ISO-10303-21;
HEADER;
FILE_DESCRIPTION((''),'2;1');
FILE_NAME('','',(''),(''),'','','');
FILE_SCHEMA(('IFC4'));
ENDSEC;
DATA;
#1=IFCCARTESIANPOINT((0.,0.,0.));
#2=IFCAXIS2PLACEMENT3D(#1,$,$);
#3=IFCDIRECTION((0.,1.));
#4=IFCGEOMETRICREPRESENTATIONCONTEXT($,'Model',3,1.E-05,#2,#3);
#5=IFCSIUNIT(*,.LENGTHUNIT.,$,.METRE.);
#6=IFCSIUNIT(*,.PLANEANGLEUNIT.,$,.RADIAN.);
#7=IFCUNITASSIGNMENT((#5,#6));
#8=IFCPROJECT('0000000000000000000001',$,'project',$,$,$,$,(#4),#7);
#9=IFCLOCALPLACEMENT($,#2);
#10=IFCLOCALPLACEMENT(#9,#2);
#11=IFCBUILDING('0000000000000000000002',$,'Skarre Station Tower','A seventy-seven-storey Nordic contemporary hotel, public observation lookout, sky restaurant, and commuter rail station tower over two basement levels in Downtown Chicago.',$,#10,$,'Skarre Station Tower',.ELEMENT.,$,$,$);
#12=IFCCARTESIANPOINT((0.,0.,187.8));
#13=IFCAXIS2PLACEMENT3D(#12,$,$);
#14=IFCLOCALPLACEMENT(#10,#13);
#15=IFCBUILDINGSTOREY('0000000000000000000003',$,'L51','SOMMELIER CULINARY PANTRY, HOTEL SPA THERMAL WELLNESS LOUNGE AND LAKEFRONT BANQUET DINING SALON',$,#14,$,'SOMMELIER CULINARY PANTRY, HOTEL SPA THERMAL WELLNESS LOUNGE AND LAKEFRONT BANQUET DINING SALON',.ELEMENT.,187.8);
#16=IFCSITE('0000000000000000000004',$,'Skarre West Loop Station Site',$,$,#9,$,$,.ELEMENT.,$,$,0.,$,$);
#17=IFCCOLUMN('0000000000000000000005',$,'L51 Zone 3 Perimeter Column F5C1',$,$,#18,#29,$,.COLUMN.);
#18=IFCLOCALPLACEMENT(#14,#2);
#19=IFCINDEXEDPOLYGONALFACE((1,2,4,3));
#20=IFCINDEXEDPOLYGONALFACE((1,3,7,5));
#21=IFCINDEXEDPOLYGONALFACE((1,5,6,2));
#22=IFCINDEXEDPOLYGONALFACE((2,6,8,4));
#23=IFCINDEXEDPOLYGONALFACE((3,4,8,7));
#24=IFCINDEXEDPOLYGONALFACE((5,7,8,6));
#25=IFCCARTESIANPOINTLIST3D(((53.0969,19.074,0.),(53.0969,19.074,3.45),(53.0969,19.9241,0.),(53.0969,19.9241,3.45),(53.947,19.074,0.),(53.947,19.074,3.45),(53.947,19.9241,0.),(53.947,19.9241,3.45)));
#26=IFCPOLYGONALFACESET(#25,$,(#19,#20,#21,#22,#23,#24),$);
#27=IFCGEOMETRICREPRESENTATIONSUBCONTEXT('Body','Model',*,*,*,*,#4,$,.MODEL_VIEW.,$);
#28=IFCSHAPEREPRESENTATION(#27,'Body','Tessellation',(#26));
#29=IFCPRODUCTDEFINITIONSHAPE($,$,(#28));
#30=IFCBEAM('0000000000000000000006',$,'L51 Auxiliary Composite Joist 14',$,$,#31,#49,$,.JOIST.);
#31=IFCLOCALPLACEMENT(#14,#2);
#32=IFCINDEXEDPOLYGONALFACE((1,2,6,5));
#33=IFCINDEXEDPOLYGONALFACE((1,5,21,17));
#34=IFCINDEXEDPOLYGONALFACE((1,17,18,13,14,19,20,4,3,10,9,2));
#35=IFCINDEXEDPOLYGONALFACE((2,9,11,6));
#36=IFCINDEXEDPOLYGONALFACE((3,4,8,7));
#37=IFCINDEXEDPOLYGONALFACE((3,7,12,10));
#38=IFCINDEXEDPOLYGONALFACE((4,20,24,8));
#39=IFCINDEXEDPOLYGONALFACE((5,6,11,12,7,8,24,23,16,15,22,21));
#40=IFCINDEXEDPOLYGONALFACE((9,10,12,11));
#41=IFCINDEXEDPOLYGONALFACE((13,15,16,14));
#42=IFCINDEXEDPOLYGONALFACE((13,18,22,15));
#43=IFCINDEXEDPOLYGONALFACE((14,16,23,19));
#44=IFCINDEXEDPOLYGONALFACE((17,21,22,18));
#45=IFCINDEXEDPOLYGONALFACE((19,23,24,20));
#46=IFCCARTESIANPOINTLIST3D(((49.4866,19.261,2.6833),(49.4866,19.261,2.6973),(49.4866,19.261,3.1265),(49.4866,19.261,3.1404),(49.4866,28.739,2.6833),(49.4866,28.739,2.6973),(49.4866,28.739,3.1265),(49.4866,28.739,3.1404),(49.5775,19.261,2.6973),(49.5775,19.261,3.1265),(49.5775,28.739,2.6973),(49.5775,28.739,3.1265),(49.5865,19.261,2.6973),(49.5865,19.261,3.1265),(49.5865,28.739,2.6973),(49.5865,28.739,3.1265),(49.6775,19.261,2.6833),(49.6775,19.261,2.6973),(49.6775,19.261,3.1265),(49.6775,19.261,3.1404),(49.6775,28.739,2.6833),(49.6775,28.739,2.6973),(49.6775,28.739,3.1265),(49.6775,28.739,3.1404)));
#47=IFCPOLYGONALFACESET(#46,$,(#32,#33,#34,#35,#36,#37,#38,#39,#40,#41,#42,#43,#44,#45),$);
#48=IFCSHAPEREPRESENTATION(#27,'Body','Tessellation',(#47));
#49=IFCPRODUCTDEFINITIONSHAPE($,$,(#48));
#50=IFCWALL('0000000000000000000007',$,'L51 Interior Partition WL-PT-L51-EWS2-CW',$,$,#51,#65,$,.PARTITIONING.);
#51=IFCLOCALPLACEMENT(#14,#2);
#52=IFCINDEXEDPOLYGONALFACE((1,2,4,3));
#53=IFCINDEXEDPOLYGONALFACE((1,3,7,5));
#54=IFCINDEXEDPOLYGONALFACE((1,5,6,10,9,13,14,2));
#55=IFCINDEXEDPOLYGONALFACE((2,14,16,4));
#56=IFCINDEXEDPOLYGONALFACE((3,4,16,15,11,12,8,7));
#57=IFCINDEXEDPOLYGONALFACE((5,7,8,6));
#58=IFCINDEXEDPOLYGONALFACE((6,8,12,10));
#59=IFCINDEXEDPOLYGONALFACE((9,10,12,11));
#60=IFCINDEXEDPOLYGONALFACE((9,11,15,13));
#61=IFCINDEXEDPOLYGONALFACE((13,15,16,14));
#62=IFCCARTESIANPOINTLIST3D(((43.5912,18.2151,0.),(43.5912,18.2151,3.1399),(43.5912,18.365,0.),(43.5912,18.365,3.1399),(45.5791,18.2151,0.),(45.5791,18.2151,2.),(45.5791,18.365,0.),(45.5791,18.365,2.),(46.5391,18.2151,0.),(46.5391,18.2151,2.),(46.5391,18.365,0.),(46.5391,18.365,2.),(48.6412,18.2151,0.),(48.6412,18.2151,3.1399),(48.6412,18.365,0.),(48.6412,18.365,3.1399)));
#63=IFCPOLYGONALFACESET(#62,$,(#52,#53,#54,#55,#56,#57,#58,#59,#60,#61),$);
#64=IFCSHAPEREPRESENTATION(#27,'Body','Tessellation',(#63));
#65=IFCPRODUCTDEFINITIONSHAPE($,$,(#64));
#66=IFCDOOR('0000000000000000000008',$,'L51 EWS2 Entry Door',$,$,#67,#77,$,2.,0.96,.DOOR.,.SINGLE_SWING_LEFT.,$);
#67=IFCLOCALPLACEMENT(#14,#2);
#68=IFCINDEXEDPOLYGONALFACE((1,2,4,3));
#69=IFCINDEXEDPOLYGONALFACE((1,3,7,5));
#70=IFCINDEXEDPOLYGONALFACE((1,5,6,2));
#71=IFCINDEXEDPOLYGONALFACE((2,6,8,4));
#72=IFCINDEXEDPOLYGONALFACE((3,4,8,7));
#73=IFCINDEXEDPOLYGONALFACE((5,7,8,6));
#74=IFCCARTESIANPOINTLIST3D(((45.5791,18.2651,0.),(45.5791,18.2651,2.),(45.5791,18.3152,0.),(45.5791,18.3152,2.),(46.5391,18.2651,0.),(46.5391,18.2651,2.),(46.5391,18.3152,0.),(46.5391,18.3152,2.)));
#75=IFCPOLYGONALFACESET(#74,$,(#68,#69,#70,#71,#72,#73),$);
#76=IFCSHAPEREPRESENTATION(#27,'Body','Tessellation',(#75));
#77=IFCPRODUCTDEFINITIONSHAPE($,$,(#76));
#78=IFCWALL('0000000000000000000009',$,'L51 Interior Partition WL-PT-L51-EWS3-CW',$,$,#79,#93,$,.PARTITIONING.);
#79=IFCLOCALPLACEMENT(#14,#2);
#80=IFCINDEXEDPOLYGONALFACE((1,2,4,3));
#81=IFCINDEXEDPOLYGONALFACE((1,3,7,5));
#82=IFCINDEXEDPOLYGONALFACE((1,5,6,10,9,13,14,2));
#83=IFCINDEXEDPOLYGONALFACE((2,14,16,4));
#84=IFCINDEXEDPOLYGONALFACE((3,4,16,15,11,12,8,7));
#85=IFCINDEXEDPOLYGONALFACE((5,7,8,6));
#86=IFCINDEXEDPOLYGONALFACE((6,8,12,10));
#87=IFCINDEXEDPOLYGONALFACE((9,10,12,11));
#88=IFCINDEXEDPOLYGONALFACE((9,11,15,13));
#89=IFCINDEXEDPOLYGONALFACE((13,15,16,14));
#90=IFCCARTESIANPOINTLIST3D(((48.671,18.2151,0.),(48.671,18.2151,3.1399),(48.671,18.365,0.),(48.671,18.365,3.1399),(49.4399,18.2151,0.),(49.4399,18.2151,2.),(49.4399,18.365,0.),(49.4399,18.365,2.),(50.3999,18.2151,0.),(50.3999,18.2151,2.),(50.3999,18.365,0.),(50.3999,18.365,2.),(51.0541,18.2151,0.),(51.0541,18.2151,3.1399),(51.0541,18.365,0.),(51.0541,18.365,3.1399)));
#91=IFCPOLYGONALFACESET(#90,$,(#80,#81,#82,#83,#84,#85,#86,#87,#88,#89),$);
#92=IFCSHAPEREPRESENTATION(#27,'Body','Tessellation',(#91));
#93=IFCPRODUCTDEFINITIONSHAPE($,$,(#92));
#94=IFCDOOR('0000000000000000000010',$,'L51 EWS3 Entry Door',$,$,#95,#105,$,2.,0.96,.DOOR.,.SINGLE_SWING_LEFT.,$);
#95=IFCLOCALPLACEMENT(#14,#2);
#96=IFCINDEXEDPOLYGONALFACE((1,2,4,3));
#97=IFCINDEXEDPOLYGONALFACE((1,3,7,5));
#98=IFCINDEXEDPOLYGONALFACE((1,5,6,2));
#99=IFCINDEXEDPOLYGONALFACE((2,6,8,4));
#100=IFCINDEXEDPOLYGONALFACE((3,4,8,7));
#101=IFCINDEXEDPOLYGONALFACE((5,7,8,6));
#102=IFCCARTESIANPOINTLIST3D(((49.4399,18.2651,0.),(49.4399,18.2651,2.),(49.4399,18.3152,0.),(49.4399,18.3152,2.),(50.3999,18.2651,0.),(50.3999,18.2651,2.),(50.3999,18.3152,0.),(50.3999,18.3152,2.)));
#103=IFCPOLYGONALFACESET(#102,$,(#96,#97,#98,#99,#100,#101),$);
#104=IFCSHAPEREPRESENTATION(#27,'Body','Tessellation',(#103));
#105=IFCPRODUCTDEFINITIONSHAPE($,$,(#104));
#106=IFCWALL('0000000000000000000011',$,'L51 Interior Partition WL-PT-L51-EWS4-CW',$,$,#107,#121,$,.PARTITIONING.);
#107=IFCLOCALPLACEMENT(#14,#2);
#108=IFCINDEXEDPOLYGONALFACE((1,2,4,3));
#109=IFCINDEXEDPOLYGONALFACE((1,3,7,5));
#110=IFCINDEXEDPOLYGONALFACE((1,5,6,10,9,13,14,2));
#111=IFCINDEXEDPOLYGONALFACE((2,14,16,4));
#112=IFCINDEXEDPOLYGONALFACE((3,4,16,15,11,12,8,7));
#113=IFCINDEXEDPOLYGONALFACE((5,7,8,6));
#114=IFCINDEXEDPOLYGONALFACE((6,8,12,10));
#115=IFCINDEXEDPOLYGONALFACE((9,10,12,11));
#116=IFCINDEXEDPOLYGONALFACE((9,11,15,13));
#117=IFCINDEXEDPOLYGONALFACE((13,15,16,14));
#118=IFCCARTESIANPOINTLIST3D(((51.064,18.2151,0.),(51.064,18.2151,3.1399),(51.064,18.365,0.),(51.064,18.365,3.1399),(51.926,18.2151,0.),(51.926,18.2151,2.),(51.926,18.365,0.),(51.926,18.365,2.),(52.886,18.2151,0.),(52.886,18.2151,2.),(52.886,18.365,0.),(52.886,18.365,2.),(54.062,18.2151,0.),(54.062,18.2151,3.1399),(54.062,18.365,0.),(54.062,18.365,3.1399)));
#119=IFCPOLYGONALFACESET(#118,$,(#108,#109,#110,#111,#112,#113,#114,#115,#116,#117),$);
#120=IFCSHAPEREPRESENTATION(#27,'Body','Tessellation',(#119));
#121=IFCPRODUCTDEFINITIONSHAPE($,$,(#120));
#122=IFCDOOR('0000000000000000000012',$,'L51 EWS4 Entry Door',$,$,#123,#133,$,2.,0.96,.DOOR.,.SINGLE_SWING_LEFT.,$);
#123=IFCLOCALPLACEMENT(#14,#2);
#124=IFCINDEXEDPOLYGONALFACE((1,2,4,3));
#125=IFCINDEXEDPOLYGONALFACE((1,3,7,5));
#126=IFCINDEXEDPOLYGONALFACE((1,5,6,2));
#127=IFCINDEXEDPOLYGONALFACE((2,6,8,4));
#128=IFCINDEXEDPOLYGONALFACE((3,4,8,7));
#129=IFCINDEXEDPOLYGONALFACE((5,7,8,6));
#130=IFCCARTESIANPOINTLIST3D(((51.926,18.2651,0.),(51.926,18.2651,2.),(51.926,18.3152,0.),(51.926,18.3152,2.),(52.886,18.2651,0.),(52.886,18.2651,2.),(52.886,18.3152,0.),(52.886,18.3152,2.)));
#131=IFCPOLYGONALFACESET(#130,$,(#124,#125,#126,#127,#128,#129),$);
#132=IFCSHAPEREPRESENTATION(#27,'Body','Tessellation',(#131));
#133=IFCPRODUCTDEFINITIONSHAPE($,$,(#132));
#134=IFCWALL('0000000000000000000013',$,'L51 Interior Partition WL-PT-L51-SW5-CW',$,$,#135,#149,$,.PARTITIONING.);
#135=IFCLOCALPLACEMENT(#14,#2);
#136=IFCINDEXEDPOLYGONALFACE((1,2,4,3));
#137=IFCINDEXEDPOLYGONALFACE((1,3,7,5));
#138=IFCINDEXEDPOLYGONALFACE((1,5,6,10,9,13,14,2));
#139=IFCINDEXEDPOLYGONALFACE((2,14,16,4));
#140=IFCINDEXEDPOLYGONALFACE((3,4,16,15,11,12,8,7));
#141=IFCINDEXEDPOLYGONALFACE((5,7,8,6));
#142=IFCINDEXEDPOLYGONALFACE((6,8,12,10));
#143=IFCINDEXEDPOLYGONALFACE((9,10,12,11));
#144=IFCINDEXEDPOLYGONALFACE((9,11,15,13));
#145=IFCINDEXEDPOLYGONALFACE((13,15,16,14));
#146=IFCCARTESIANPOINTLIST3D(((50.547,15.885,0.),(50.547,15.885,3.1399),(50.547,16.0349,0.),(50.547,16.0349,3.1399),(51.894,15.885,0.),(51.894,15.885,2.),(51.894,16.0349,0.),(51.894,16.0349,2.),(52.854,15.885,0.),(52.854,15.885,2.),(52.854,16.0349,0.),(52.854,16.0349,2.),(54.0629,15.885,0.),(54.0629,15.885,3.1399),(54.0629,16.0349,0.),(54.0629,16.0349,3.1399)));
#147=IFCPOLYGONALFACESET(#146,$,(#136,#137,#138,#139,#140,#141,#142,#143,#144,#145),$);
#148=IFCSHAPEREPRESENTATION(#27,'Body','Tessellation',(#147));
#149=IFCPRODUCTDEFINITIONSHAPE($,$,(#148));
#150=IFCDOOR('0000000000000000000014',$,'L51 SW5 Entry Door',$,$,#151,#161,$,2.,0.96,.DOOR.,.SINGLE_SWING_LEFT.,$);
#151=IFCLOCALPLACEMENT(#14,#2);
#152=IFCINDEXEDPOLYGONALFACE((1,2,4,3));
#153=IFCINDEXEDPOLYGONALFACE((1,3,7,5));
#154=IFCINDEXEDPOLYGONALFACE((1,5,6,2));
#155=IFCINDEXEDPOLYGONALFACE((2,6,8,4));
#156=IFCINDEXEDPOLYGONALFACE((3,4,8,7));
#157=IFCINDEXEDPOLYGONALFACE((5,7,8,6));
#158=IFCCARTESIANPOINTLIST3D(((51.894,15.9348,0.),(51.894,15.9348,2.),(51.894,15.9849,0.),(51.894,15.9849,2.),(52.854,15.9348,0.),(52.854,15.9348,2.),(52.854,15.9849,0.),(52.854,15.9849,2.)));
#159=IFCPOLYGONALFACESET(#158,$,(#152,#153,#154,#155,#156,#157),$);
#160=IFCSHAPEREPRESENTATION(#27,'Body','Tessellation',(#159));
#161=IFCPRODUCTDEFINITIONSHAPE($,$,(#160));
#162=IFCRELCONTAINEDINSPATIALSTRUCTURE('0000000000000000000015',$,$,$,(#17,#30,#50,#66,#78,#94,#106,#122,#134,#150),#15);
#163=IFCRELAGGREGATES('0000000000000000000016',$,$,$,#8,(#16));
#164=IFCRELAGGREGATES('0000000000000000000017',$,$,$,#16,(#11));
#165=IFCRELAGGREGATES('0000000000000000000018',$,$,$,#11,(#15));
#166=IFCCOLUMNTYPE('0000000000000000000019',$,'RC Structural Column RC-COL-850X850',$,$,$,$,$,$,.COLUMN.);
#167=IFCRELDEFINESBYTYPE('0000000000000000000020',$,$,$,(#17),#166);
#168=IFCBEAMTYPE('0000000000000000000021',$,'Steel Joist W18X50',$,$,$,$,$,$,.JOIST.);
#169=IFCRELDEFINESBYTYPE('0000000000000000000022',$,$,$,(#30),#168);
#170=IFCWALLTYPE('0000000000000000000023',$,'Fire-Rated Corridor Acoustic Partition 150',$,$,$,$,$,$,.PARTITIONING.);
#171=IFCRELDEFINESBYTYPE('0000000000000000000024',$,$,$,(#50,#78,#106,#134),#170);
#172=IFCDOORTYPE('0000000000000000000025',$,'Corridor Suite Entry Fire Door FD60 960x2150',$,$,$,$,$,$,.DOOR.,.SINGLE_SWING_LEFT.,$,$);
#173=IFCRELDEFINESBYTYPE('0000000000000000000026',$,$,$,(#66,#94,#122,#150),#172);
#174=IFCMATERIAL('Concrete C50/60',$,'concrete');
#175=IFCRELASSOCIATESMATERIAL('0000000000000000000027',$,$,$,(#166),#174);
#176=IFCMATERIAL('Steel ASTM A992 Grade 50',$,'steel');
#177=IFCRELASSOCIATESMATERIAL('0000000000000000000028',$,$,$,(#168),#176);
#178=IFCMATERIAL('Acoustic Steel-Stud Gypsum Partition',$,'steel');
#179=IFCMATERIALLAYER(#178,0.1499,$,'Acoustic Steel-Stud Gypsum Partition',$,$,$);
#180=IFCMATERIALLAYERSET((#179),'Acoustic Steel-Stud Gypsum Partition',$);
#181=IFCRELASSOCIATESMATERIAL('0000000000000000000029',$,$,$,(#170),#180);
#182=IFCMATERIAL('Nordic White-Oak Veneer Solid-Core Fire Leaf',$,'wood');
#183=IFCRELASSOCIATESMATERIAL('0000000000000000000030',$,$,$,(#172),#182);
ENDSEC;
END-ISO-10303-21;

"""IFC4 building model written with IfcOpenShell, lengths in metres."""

from ifc_helpers import new_model, si_unit, direction, frame, frame_2d, origin, origin_2d, place, context, subcontext, project, spatial, rectangle, i_section, extrude, material, layer, layer_set, material_profile, profile_set, type_object, element, fill, save


model = new_model("IFC4")

# Units and contexts
model_context = context("Model", 3, precision=1e-05, world=origin(), true_north=direction((0.0, 1.0)))
body_context = subcontext(model_context, "Body", "Model", "MODEL_VIEW")
ifc_project = project(units=[si_unit("LENGTHUNIT", "METRE"), si_unit("PLANEANGLEUNIT", "RADIAN")], contexts=[model_context])

# Site, building, storey
site_placement = place(None, origin())
site = spatial("IfcSite", under=ifc_project, at=site_placement, Name="Skarre West Loop Station Site", CompositionType="ELEMENT", RefElevation=0.0)
building_placement = place(site_placement, origin())
building = spatial("IfcBuilding", under=site, at=building_placement, Name="Skarre Station Tower", Description="A seventy-seven-storey Nordic contemporary hotel, public observation lookout, sky restaurant, and commuter rail station tower over two basement levels in Downtown Chicago.", LongName="Skarre Station Tower", CompositionType="ELEMENT")
storey_placement = place(building_placement, frame((0.0, 0.0, 187.8)))
storey = spatial("IfcBuildingStorey", under=building, at=storey_placement, Name="L51", Description="SOMMELIER CULINARY PANTRY, HOTEL SPA THERMAL WELLNESS LOUNGE AND LAKEFRONT BANQUET DINING SALON", LongName="SOMMELIER CULINARY PANTRY, HOTEL SPA THERMAL WELLNESS LOUNGE AND LAKEFRONT BANQUET DINING SALON", CompositionType="ELEMENT", Elevation=187.8)

# Column
ifc_material_1 = material(Name="Concrete C50/60", Category="concrete")
ifc_material_profile_1 = material_profile(ifc_material_1, rectangle(XDim=0.8501, YDim=0.8501, at=origin_2d()), Name="Concrete C50/60")
ifc_profile_set_1 = profile_set([ifc_material_profile_1], Name="Concrete C50/60")
column_type = type_object("IfcColumnType", Name="RC Structural Column RC-COL-850X850", PredefinedType="COLUMN", material=ifc_profile_set_1)
column_placement = place(storey_placement, frame((53.522, 19.499, 0.0), z_axis=(0.0, 0.0, 1.0), x_axis=(1.0, 0.0, 0.0)))
element("IfcColumn", 1, at=column_placement, inside=storey, type_object=column_type, Name="L51 Zone 3 Perimeter Column F5C1", PredefinedType="COLUMN", context=body_context, shape_type="SweptSolid", body=[
    extrude(rectangle(XDim=0.8501, YDim=0.8501, at=origin_2d()), origin(), (0.0, 0.0, 1.0), 3.45),
])

# Beam
ifc_material_2 = material(Name="Steel ASTM A992 Grade 50", Category="steel")
ifc_material_profile_2 = material_profile(ifc_material_2, i_section(OverallWidth=0.1909, OverallDepth=0.457, WebThickness=0.009, FlangeThickness=0.0139, at=origin_2d()), Name="Steel ASTM A992 Grade 50")
ifc_profile_set_2 = profile_set([ifc_material_profile_2], Name="Steel ASTM A992 Grade 50")
beam_type = type_object("IfcBeamType", Name="Steel Joist W18X50", PredefinedType="JOIST", material=ifc_profile_set_2)
beam_placement = place(storey_placement, frame((49.582, 19.261, 2.9119), z_axis=(0.0, 1.0, 0.0), x_axis=(-1.0, 0.0, 0.0)))
element("IfcBeam", 2, at=beam_placement, inside=storey, type_object=beam_type, Name="L51 Auxiliary Composite Joist 14", PredefinedType="JOIST", context=body_context, shape_type="SweptSolid", body=[
    extrude(i_section(OverallWidth=0.1909, OverallDepth=0.457, WebThickness=0.009, FlangeThickness=0.0139, at=origin_2d()), origin(), (0.0, 0.0, 1.0), 9.478),
])

# Walls, openings, doors
ifc_material_3 = material(Name="Acoustic Steel-Stud Gypsum Partition", Category="steel")
ifc_layer_1 = layer(ifc_material_3, 0.1499, Name="Acoustic Steel-Stud Gypsum Partition")
ifc_layer_set_1 = layer_set([ifc_layer_1], Name="Acoustic Steel-Stud Gypsum Partition")
wall_type_1 = type_object("IfcWallType", Name="Fire-Rated Corridor Acoustic Partition 150", PredefinedType="PARTITIONING", material=ifc_layer_set_1)
wall_1_placement = place(storey_placement, frame((48.6411, 18.29, 0.0), z_axis=(0.0, 0.0, 1.0), x_axis=(-1.0, 0.0, 0.0)))
wall_1 = element("IfcWall", 3, at=wall_1_placement, inside=storey, type_object=wall_type_1, Name="L51 Interior Partition WL-PT-L51-EWS2-CW", PredefinedType="PARTITIONING", context=body_context, shape_type="SweptSolid", body=[
    extrude(rectangle(XDim=5.05, YDim=0.1499, at=frame_2d((2.5249, 0.0))), origin(), (0.0, 0.0, 1.0), 3.1399),
])
opening_1_placement = place(wall_1_placement, frame((2.1021, 0.0, 0.0)))
opening_1 = element("IfcOpeningElement", 4, at=opening_1_placement, cuts=wall_1, PredefinedType="OPENING", context=body_context, shape_type="SweptSolid", body=[
    extrude(rectangle(XDim=0.96, YDim=2.0, at=frame_2d((0.48, 1.0))), frame((0.0, 0.085, 0.0), z_axis=(0.0, -1.0, 0.0), x_axis=(1.0, 0.0, 0.0)), (0.0, 0.0, 1.0), 0.1699),
])
ifc_material_4 = material(Name="Nordic White-Oak Veneer Solid-Core Fire Leaf", Category="wood")
door_type = type_object("IfcDoorType", Name="Corridor Suite Entry Fire Door FD60 960x2150", OperationType="SINGLE_SWING_LEFT", PredefinedType="DOOR", material=ifc_material_4)
door_1_placement = place(opening_1_placement, origin())
door_1 = element("IfcDoor", 5, at=door_1_placement, inside=storey, type_object=door_type, Name="L51 EWS2 Entry Door", OperationType="SINGLE_SWING_LEFT", OverallHeight=2.0, OverallWidth=0.96, PredefinedType="DOOR", context=body_context, shape_type="SweptSolid", body=[
    extrude(rectangle(XDim=0.96, YDim=2.0, at=frame_2d((0.48, 1.0))), frame((0.0, 0.0249, 0.0), z_axis=(0.0, -1.0, 0.0), x_axis=(1.0, 0.0, 0.0)), (0.0, 0.0, 1.0), 0.05),
])
fill(opening_1, door_1)
wall_2_placement = place(storey_placement, frame((51.054, 18.29, 0.0), z_axis=(0.0, 0.0, 1.0), x_axis=(-1.0, 0.0, 0.0)))
wall_2 = element("IfcWall", 6, at=wall_2_placement, inside=storey, type_object=wall_type_1, Name="L51 Interior Partition WL-PT-L51-EWS3-CW", PredefinedType="PARTITIONING", context=body_context, shape_type="SweptSolid", body=[
    extrude(rectangle(XDim=2.3831, YDim=0.1499, at=frame_2d((1.1914, 0.0))), origin(), (0.0, 0.0, 1.0), 3.1399),
])
opening_2_placement = place(wall_2_placement, frame((0.6541, 0.0, 0.0)))
opening_2 = element("IfcOpeningElement", 7, at=opening_2_placement, cuts=wall_2, PredefinedType="OPENING", context=body_context, shape_type="SweptSolid", body=[
    extrude(rectangle(XDim=0.96, YDim=2.0, at=frame_2d((0.48, 1.0))), frame((0.0, 0.085, 0.0), z_axis=(0.0, -1.0, 0.0), x_axis=(1.0, 0.0, 0.0)), (0.0, 0.0, 1.0), 0.1699),
])
door_2_placement = place(opening_2_placement, origin())
door_2 = element("IfcDoor", 8, at=door_2_placement, inside=storey, type_object=door_type, Name="L51 EWS3 Entry Door", OperationType="SINGLE_SWING_LEFT", OverallHeight=2.0, OverallWidth=0.96, PredefinedType="DOOR", context=body_context, shape_type="SweptSolid", body=[
    extrude(rectangle(XDim=0.96, YDim=2.0, at=frame_2d((0.48, 1.0))), frame((0.0, 0.0249, 0.0), z_axis=(0.0, -1.0, 0.0), x_axis=(1.0, 0.0, 0.0)), (0.0, 0.0, 1.0), 0.05),
])
fill(opening_2, door_2)
wall_3_placement = place(storey_placement, frame((54.062, 18.29, 0.0), z_axis=(0.0, 0.0, 1.0), x_axis=(-1.0, 0.0, 0.0)))
wall_3 = element("IfcWall", 9, at=wall_3_placement, inside=storey, type_object=wall_type_1, Name="L51 Interior Partition WL-PT-L51-EWS4-CW", PredefinedType="PARTITIONING", context=body_context, shape_type="SweptSolid", body=[
    extrude(rectangle(XDim=2.998, YDim=0.1499, at=frame_2d((1.499, 0.0))), origin(), (0.0, 0.0, 1.0), 3.1399),
])
opening_3_placement = place(wall_3_placement, frame((1.176, 0.0, 0.0)))
opening_3 = element("IfcOpeningElement", 10, at=opening_3_placement, cuts=wall_3, PredefinedType="OPENING", context=body_context, shape_type="SweptSolid", body=[
    extrude(rectangle(XDim=0.96, YDim=2.0, at=frame_2d((0.48, 1.0))), frame((0.0, 0.085, 0.0), z_axis=(0.0, -1.0, 0.0), x_axis=(1.0, 0.0, 0.0)), (0.0, 0.0, 1.0), 0.1699),
])
door_3_placement = place(opening_3_placement, origin())
door_3 = element("IfcDoor", 11, at=door_3_placement, inside=storey, type_object=door_type, Name="L51 EWS4 Entry Door", OperationType="SINGLE_SWING_LEFT", OverallHeight=2.0, OverallWidth=0.96, PredefinedType="DOOR", context=body_context, shape_type="SweptSolid", body=[
    extrude(rectangle(XDim=0.96, YDim=2.0, at=frame_2d((0.48, 1.0))), frame((0.0, 0.0249, 0.0), z_axis=(0.0, -1.0, 0.0), x_axis=(1.0, 0.0, 0.0)), (0.0, 0.0, 1.0), 0.05),
])
fill(opening_3, door_3)
wall_4_placement = place(storey_placement, frame((50.5471, 15.96, 0.0), z_axis=(0.0, 0.0, 1.0), x_axis=(1.0, 0.0, 0.0)))
wall_4 = element("IfcWall", 12, at=wall_4_placement, inside=storey, type_object=wall_type_1, Name="L51 Interior Partition WL-PT-L51-SW5-CW", PredefinedType="PARTITIONING", context=body_context, shape_type="SweptSolid", body=[
    extrude(rectangle(XDim=3.5159, YDim=0.1499, at=frame_2d((1.7578, 0.0))), origin(), (0.0, 0.0, 1.0), 3.1399),
])
opening_4_placement = place(wall_4_placement, frame((1.3469, 0.0, 0.0)))
opening_4 = element("IfcOpeningElement", 13, at=opening_4_placement, cuts=wall_4, PredefinedType="OPENING", context=body_context, shape_type="SweptSolid", body=[
    extrude(rectangle(XDim=0.96, YDim=2.0, at=frame_2d((0.48, 1.0))), frame((0.0, 0.085, 0.0), z_axis=(0.0, -1.0, 0.0), x_axis=(1.0, 0.0, 0.0)), (0.0, 0.0, 1.0), 0.1699),
])
door_4_placement = place(opening_4_placement, origin())
door_4 = element("IfcDoor", 14, at=door_4_placement, inside=storey, type_object=door_type, Name="L51 SW5 Entry Door", OperationType="SINGLE_SWING_LEFT", OverallHeight=2.0, OverallWidth=0.96, PredefinedType="DOOR", context=body_context, shape_type="SweptSolid", body=[
    extrude(rectangle(XDim=0.96, YDim=2.0, at=frame_2d((0.48, 1.0))), frame((0.0, 0.0249, 0.0), z_axis=(0.0, -1.0, 0.0), x_axis=(1.0, 0.0, 0.0)), (0.0, 0.0, 1.0), 0.05),
])
fill(opening_4, door_4)

save(model, "model.ifc")
